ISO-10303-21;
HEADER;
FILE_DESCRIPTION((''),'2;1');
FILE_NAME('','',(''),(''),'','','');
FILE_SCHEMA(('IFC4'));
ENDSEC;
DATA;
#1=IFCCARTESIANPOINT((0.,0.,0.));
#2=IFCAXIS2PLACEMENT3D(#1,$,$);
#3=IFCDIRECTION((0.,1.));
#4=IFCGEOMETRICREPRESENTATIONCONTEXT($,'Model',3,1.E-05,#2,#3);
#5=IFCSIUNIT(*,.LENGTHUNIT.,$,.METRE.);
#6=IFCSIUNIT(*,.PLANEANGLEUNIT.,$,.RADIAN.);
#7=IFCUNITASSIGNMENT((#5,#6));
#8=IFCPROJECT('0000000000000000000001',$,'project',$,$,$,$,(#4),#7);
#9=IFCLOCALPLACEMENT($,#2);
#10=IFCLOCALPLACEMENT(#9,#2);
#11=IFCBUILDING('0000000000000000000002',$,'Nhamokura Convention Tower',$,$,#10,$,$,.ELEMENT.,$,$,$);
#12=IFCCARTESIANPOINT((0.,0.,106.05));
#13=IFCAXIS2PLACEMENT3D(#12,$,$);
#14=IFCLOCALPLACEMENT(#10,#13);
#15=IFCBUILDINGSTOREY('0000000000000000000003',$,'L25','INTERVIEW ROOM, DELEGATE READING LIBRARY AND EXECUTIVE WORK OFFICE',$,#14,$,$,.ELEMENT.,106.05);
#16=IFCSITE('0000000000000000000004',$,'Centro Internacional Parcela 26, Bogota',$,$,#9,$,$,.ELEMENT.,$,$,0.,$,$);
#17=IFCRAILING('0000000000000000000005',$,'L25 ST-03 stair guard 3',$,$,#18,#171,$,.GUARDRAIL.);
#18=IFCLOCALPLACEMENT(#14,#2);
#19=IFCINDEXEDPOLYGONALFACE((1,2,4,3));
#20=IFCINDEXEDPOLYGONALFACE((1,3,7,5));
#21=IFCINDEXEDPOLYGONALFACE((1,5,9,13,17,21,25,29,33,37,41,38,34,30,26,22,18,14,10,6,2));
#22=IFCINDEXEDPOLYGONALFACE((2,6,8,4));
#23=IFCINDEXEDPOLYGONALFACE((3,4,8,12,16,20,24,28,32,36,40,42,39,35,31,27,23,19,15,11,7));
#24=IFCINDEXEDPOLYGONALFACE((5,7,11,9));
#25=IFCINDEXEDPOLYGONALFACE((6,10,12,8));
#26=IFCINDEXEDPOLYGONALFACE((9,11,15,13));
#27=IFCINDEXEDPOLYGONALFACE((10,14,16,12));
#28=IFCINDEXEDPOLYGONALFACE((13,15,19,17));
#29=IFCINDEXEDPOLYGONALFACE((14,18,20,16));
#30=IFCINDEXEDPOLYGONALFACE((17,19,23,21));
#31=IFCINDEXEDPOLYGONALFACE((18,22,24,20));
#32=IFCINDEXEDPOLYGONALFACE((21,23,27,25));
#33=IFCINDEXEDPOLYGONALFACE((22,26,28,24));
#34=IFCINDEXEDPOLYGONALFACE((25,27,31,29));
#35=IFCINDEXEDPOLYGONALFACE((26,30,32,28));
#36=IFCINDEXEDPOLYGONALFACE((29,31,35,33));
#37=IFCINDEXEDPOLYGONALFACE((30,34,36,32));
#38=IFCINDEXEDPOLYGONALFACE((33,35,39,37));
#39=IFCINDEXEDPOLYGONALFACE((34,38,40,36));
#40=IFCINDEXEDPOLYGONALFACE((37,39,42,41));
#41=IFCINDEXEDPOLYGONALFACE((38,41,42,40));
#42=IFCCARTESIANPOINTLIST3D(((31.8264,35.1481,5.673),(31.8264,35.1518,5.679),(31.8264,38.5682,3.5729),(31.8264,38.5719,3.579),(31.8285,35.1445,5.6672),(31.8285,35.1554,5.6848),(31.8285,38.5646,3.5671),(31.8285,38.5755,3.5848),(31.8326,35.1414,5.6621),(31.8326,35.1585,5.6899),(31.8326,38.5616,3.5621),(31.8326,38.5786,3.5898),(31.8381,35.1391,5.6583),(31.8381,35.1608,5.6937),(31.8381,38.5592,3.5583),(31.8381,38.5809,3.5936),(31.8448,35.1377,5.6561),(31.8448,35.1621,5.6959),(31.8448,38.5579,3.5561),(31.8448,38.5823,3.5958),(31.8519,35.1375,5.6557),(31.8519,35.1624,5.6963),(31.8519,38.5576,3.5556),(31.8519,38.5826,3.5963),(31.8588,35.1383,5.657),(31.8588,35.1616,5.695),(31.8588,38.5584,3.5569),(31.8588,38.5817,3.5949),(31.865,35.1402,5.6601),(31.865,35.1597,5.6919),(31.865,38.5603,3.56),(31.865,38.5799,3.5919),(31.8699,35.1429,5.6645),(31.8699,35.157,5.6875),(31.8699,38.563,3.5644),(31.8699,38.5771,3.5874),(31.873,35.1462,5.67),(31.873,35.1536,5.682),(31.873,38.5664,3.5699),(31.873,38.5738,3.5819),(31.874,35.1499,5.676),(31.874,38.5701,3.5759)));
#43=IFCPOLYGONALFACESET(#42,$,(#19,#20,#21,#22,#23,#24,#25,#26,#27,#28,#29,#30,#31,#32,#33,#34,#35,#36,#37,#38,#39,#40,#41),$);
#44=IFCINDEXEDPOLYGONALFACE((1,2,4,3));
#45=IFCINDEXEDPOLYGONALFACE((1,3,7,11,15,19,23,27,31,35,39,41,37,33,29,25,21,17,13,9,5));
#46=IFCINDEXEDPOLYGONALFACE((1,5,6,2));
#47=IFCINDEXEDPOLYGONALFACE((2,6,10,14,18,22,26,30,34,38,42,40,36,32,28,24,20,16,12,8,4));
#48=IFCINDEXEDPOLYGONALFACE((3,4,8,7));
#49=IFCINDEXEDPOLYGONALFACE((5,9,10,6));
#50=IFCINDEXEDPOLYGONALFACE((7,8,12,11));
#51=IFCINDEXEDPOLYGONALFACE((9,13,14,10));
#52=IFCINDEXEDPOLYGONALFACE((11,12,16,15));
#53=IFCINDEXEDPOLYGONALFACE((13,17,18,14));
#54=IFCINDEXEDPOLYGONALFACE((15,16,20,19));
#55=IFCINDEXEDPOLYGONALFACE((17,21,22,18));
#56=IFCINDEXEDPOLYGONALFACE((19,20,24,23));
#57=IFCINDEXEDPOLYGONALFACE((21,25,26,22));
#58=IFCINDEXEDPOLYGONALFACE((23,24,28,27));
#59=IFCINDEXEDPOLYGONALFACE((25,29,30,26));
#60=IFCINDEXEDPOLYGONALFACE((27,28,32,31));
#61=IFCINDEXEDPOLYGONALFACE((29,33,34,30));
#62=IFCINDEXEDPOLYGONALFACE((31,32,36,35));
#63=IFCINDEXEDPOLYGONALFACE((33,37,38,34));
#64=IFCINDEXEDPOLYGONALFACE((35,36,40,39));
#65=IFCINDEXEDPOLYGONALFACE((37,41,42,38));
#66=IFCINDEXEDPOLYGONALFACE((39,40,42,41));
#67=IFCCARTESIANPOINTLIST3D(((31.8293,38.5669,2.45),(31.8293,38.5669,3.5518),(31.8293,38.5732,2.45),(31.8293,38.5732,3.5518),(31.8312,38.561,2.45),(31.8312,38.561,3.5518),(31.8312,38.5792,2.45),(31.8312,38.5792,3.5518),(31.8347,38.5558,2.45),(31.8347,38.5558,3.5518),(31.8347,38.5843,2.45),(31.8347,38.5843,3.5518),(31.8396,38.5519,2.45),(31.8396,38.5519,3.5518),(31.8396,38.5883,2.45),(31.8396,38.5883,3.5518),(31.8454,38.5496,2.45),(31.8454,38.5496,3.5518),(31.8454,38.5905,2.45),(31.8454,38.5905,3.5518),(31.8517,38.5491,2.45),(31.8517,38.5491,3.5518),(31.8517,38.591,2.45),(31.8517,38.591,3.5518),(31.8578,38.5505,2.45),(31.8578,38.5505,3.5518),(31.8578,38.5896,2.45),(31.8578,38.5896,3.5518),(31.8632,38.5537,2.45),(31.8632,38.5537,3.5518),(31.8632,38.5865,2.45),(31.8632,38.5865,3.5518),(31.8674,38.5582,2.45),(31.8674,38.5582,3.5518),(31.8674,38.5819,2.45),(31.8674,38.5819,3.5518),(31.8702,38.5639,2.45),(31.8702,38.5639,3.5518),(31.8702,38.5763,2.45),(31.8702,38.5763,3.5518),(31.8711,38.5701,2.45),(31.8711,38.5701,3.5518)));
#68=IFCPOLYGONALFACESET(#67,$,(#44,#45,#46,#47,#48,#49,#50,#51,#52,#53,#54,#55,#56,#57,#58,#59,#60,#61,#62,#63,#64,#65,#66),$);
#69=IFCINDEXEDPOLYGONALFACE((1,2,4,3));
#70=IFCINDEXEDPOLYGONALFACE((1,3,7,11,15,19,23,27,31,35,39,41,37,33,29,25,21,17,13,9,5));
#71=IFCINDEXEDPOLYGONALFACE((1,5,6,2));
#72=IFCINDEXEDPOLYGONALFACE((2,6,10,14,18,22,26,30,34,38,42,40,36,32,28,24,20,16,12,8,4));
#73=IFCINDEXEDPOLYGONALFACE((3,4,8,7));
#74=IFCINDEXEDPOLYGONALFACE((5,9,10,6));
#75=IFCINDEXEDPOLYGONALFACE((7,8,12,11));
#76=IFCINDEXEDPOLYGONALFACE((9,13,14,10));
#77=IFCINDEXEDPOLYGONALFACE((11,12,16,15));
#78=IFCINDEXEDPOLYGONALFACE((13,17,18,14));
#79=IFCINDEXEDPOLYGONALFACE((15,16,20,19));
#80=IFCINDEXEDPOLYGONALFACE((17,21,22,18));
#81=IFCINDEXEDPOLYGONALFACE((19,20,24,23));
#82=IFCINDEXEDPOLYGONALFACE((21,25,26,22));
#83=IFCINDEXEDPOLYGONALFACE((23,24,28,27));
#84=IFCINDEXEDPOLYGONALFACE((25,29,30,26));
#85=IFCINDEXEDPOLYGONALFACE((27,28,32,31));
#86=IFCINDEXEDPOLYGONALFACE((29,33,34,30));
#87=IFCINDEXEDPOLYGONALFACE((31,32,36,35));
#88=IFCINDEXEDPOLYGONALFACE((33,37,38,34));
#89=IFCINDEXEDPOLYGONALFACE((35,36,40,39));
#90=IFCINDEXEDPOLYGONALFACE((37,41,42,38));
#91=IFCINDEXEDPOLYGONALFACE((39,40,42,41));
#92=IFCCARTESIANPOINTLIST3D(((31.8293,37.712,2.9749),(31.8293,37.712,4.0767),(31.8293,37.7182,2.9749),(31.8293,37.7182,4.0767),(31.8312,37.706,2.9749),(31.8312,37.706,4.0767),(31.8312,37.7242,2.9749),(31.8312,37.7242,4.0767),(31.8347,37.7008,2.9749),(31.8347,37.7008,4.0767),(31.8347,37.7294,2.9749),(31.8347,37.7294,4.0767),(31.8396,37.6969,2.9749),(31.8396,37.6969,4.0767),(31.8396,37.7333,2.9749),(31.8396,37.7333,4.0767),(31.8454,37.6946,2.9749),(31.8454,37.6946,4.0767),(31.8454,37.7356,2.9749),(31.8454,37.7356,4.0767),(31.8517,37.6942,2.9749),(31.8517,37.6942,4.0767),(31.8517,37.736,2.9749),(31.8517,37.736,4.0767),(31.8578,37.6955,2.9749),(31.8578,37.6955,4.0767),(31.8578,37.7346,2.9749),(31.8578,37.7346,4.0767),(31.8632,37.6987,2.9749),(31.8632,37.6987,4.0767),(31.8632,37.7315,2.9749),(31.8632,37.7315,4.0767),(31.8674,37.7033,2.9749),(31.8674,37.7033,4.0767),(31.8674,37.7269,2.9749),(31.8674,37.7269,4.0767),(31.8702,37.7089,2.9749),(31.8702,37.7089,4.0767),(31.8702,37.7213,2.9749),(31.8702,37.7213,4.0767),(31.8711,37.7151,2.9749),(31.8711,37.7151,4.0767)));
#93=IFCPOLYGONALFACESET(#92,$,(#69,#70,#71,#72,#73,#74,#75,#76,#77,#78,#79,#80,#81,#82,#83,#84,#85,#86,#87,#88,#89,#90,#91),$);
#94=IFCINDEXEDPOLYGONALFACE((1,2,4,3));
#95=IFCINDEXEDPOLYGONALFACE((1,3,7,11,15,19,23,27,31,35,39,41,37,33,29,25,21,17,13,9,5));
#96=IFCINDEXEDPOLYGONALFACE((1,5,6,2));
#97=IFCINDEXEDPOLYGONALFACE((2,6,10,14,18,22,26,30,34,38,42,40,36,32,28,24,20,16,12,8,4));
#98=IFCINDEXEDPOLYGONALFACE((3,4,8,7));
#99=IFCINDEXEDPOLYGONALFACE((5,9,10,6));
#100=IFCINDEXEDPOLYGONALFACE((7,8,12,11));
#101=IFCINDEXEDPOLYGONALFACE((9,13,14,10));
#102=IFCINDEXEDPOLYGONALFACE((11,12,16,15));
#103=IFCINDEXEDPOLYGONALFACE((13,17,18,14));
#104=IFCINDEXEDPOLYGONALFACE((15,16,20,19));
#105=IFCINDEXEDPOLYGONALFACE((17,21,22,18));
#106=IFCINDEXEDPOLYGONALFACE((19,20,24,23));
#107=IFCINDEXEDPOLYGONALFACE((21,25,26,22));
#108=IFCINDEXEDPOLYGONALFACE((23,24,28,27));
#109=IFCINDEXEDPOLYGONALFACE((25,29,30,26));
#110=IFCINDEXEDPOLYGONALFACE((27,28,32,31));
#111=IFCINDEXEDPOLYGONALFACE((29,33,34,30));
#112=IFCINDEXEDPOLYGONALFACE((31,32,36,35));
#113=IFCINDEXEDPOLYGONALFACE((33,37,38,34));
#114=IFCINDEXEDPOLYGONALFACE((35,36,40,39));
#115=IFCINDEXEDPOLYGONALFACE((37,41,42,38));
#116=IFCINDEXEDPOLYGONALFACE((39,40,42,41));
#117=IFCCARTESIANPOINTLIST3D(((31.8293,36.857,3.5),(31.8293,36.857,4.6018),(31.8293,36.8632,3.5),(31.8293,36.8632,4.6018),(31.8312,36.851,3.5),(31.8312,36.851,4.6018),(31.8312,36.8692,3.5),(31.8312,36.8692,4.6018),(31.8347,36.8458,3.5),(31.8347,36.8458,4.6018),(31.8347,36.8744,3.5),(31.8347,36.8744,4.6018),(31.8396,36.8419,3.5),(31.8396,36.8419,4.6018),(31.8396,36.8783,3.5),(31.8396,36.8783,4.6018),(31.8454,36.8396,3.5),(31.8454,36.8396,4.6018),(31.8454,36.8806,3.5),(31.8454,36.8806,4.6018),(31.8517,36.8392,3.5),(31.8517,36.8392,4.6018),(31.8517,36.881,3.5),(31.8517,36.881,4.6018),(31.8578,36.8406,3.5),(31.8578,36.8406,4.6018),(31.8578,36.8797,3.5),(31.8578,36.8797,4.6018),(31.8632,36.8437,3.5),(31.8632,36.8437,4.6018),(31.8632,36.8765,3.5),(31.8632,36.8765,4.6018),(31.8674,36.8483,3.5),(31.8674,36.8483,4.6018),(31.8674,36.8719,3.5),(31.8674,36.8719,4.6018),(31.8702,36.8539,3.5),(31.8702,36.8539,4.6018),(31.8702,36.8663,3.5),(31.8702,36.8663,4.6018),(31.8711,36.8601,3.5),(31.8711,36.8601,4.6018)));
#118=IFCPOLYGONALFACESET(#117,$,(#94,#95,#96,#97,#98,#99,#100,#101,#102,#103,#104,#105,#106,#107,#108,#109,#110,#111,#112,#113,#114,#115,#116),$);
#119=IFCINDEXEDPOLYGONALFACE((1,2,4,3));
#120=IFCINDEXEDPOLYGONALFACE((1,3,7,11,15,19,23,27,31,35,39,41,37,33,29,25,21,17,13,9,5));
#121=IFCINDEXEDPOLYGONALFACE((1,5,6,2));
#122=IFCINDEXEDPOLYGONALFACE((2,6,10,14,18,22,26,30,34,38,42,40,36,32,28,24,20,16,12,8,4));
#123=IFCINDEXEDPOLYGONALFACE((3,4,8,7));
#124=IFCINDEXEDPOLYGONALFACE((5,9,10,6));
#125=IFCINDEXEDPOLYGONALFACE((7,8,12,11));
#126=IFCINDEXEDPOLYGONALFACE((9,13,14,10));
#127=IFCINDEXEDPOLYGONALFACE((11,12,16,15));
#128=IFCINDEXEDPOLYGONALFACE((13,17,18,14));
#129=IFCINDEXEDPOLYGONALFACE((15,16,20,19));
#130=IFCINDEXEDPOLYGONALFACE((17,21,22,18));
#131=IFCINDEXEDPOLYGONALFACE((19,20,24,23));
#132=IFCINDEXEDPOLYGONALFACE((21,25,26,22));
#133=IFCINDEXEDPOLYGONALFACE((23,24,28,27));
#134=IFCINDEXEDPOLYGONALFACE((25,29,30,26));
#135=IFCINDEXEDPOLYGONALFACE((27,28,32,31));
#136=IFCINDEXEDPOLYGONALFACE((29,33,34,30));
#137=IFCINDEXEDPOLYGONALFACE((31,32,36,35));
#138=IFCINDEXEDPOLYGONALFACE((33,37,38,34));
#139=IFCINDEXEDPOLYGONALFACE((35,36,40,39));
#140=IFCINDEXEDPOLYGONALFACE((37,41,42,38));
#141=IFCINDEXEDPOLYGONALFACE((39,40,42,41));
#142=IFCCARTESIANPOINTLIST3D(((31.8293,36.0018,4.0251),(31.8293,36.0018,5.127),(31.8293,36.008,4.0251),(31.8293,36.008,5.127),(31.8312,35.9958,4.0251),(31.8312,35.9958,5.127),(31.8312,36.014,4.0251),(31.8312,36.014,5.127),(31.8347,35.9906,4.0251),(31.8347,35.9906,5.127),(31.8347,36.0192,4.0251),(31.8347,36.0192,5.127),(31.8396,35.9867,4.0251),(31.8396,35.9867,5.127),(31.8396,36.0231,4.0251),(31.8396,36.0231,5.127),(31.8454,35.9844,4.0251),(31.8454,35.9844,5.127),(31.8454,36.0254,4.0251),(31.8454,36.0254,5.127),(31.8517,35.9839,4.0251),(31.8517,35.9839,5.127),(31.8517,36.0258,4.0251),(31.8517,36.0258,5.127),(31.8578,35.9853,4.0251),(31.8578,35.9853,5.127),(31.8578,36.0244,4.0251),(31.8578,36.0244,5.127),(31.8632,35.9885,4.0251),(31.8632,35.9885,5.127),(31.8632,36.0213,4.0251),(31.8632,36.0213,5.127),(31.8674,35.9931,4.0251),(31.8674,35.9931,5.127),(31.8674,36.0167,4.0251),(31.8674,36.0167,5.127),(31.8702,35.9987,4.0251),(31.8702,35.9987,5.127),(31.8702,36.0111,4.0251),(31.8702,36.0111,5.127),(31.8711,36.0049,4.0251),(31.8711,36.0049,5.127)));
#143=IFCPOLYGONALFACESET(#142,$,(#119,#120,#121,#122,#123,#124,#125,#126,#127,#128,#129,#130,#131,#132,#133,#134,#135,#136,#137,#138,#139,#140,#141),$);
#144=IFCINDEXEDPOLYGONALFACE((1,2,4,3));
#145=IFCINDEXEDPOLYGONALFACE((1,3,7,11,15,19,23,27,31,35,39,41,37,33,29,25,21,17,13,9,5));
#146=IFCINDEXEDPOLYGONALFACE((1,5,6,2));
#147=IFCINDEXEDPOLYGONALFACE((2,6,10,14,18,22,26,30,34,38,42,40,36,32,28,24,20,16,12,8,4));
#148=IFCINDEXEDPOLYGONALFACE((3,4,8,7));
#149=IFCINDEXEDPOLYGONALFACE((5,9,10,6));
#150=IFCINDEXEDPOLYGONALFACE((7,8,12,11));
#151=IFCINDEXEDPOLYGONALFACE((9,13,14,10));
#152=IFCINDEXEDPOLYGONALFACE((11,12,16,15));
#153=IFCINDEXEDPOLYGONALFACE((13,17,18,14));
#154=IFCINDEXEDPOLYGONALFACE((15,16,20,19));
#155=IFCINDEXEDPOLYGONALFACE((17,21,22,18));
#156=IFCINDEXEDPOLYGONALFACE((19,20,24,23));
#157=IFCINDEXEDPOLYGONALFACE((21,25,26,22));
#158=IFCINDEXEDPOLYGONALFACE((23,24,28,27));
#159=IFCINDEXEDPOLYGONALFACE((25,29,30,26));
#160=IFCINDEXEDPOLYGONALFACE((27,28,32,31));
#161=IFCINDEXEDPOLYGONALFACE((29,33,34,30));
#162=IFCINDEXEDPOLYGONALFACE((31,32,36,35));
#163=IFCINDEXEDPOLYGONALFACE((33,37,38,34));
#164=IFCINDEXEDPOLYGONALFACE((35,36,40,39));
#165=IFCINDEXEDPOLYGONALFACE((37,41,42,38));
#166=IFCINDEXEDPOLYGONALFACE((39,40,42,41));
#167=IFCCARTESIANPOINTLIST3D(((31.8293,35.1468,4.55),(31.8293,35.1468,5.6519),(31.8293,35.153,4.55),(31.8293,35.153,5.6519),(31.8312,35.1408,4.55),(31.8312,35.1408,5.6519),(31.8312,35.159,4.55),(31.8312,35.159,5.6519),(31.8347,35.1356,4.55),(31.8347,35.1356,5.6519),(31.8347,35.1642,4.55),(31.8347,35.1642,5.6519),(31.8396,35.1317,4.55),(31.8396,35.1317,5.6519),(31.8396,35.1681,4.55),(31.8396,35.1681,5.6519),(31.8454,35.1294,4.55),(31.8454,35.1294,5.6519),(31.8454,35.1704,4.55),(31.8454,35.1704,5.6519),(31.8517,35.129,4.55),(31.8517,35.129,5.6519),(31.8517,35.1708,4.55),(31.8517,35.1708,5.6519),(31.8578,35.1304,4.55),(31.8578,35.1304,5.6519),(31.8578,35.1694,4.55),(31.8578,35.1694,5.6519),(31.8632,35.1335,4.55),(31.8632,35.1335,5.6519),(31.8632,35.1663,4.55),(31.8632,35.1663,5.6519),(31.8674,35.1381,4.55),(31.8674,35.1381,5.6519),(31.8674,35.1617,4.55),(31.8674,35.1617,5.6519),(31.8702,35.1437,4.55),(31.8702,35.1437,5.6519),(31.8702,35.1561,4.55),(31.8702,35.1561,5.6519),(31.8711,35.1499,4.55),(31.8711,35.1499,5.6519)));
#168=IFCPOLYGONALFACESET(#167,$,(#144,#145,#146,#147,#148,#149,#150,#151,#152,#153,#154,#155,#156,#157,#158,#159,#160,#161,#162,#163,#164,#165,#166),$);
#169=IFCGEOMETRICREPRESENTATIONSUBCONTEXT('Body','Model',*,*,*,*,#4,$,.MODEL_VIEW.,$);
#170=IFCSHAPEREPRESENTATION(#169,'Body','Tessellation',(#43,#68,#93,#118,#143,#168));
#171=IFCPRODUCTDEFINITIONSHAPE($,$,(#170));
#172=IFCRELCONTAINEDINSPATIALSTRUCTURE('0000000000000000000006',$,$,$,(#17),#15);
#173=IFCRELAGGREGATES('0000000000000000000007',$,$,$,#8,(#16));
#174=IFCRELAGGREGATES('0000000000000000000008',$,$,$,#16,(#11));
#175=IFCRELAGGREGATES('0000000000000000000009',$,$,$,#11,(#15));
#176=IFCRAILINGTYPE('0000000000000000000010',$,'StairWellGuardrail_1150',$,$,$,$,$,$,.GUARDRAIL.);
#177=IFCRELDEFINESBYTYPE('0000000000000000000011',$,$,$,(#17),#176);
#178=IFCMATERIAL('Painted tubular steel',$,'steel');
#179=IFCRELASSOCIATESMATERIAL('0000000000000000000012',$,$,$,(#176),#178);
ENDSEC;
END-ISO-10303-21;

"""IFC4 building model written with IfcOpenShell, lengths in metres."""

from ifc_helpers import new_model, si_unit, direction, frame, origin, origin_2d, place, context, subcontext, project, spatial, circle, extrude, material, type_object, element, save


model = new_model("IFC4")

# Units and contexts
model_context = context("Model", 3, precision=1e-05, world=origin(), true_north=direction((0.0, 1.0)))
body_context = subcontext(model_context, "Body", "Model", "MODEL_VIEW")
ifc_project = project(units=[si_unit("LENGTHUNIT", "METRE"), si_unit("PLANEANGLEUNIT", "RADIAN")], contexts=[model_context])

# Site, building, storey
site_placement = place(None, origin())
site = spatial("IfcSite", under=ifc_project, at=site_placement, Name="Centro Internacional Parcela 26, Bogota", CompositionType="ELEMENT", RefElevation=0.0)
building_placement = place(site_placement, origin())
building = spatial("IfcBuilding", under=site, at=building_placement, Name="Nhamokura Convention Tower", CompositionType="ELEMENT")
storey_placement = place(building_placement, frame((0.0, 0.0, 106.05)))
storey = spatial("IfcBuildingStorey", under=building, at=storey_placement, Name="L25", Description="INTERVIEW ROOM, DELEGATE READING LIBRARY AND EXECUTIVE WORK OFFICE", CompositionType="ELEMENT", Elevation=106.05)

# Railing
ifc_material_1 = material(Name="Painted tubular steel", Category="steel")
railing_type_1 = type_object("IfcRailingType", Name="StairWellGuardrail_1150", PredefinedType="GUARDRAIL", material=ifc_material_1)
railing_1_placement = place(storey_placement, frame((31.8501, 38.5701, 2.45)))
element("IfcRailing", 1, at=railing_1_placement, inside=storey, type_object=railing_type_1, Name="L25 ST-03 stair guard 3", PredefinedType="GUARDRAIL", context=body_context, shape_type="SweptSolid", body=[
    extrude(circle(Radius=0.0239, at=origin_2d()), frame((0.0, 0.0, 1.126), z_axis=(0.0, -0.852172, 0.523262), x_axis=(1.0, 0.0, 0.0)), (0.0, 0.0, 1.0), 4.0134),
    extrude(circle(Radius=0.021, at=origin_2d()), origin(), (0.0, 0.0, 1.0), 1.1018),
    extrude(circle(Radius=0.021, at=origin_2d()), frame((0.0, -0.855, 0.5249)), (0.0, 0.0, 1.0), 1.1018),
    extrude(circle(Radius=0.021, at=origin_2d()), frame((0.0, -1.71, 1.05)), (0.0, 0.0, 1.0), 1.1018),
    extrude(circle(Radius=0.021, at=origin_2d()), frame((0.0, -2.5652, 1.5752)), (0.0, 0.0, 1.0), 1.1018),
    extrude(circle(Radius=0.021, at=origin_2d()), frame((0.0, -3.4202, 2.1001)), (0.0, 0.0, 1.0), 1.1018),
])

save(model, "model.ifc")
